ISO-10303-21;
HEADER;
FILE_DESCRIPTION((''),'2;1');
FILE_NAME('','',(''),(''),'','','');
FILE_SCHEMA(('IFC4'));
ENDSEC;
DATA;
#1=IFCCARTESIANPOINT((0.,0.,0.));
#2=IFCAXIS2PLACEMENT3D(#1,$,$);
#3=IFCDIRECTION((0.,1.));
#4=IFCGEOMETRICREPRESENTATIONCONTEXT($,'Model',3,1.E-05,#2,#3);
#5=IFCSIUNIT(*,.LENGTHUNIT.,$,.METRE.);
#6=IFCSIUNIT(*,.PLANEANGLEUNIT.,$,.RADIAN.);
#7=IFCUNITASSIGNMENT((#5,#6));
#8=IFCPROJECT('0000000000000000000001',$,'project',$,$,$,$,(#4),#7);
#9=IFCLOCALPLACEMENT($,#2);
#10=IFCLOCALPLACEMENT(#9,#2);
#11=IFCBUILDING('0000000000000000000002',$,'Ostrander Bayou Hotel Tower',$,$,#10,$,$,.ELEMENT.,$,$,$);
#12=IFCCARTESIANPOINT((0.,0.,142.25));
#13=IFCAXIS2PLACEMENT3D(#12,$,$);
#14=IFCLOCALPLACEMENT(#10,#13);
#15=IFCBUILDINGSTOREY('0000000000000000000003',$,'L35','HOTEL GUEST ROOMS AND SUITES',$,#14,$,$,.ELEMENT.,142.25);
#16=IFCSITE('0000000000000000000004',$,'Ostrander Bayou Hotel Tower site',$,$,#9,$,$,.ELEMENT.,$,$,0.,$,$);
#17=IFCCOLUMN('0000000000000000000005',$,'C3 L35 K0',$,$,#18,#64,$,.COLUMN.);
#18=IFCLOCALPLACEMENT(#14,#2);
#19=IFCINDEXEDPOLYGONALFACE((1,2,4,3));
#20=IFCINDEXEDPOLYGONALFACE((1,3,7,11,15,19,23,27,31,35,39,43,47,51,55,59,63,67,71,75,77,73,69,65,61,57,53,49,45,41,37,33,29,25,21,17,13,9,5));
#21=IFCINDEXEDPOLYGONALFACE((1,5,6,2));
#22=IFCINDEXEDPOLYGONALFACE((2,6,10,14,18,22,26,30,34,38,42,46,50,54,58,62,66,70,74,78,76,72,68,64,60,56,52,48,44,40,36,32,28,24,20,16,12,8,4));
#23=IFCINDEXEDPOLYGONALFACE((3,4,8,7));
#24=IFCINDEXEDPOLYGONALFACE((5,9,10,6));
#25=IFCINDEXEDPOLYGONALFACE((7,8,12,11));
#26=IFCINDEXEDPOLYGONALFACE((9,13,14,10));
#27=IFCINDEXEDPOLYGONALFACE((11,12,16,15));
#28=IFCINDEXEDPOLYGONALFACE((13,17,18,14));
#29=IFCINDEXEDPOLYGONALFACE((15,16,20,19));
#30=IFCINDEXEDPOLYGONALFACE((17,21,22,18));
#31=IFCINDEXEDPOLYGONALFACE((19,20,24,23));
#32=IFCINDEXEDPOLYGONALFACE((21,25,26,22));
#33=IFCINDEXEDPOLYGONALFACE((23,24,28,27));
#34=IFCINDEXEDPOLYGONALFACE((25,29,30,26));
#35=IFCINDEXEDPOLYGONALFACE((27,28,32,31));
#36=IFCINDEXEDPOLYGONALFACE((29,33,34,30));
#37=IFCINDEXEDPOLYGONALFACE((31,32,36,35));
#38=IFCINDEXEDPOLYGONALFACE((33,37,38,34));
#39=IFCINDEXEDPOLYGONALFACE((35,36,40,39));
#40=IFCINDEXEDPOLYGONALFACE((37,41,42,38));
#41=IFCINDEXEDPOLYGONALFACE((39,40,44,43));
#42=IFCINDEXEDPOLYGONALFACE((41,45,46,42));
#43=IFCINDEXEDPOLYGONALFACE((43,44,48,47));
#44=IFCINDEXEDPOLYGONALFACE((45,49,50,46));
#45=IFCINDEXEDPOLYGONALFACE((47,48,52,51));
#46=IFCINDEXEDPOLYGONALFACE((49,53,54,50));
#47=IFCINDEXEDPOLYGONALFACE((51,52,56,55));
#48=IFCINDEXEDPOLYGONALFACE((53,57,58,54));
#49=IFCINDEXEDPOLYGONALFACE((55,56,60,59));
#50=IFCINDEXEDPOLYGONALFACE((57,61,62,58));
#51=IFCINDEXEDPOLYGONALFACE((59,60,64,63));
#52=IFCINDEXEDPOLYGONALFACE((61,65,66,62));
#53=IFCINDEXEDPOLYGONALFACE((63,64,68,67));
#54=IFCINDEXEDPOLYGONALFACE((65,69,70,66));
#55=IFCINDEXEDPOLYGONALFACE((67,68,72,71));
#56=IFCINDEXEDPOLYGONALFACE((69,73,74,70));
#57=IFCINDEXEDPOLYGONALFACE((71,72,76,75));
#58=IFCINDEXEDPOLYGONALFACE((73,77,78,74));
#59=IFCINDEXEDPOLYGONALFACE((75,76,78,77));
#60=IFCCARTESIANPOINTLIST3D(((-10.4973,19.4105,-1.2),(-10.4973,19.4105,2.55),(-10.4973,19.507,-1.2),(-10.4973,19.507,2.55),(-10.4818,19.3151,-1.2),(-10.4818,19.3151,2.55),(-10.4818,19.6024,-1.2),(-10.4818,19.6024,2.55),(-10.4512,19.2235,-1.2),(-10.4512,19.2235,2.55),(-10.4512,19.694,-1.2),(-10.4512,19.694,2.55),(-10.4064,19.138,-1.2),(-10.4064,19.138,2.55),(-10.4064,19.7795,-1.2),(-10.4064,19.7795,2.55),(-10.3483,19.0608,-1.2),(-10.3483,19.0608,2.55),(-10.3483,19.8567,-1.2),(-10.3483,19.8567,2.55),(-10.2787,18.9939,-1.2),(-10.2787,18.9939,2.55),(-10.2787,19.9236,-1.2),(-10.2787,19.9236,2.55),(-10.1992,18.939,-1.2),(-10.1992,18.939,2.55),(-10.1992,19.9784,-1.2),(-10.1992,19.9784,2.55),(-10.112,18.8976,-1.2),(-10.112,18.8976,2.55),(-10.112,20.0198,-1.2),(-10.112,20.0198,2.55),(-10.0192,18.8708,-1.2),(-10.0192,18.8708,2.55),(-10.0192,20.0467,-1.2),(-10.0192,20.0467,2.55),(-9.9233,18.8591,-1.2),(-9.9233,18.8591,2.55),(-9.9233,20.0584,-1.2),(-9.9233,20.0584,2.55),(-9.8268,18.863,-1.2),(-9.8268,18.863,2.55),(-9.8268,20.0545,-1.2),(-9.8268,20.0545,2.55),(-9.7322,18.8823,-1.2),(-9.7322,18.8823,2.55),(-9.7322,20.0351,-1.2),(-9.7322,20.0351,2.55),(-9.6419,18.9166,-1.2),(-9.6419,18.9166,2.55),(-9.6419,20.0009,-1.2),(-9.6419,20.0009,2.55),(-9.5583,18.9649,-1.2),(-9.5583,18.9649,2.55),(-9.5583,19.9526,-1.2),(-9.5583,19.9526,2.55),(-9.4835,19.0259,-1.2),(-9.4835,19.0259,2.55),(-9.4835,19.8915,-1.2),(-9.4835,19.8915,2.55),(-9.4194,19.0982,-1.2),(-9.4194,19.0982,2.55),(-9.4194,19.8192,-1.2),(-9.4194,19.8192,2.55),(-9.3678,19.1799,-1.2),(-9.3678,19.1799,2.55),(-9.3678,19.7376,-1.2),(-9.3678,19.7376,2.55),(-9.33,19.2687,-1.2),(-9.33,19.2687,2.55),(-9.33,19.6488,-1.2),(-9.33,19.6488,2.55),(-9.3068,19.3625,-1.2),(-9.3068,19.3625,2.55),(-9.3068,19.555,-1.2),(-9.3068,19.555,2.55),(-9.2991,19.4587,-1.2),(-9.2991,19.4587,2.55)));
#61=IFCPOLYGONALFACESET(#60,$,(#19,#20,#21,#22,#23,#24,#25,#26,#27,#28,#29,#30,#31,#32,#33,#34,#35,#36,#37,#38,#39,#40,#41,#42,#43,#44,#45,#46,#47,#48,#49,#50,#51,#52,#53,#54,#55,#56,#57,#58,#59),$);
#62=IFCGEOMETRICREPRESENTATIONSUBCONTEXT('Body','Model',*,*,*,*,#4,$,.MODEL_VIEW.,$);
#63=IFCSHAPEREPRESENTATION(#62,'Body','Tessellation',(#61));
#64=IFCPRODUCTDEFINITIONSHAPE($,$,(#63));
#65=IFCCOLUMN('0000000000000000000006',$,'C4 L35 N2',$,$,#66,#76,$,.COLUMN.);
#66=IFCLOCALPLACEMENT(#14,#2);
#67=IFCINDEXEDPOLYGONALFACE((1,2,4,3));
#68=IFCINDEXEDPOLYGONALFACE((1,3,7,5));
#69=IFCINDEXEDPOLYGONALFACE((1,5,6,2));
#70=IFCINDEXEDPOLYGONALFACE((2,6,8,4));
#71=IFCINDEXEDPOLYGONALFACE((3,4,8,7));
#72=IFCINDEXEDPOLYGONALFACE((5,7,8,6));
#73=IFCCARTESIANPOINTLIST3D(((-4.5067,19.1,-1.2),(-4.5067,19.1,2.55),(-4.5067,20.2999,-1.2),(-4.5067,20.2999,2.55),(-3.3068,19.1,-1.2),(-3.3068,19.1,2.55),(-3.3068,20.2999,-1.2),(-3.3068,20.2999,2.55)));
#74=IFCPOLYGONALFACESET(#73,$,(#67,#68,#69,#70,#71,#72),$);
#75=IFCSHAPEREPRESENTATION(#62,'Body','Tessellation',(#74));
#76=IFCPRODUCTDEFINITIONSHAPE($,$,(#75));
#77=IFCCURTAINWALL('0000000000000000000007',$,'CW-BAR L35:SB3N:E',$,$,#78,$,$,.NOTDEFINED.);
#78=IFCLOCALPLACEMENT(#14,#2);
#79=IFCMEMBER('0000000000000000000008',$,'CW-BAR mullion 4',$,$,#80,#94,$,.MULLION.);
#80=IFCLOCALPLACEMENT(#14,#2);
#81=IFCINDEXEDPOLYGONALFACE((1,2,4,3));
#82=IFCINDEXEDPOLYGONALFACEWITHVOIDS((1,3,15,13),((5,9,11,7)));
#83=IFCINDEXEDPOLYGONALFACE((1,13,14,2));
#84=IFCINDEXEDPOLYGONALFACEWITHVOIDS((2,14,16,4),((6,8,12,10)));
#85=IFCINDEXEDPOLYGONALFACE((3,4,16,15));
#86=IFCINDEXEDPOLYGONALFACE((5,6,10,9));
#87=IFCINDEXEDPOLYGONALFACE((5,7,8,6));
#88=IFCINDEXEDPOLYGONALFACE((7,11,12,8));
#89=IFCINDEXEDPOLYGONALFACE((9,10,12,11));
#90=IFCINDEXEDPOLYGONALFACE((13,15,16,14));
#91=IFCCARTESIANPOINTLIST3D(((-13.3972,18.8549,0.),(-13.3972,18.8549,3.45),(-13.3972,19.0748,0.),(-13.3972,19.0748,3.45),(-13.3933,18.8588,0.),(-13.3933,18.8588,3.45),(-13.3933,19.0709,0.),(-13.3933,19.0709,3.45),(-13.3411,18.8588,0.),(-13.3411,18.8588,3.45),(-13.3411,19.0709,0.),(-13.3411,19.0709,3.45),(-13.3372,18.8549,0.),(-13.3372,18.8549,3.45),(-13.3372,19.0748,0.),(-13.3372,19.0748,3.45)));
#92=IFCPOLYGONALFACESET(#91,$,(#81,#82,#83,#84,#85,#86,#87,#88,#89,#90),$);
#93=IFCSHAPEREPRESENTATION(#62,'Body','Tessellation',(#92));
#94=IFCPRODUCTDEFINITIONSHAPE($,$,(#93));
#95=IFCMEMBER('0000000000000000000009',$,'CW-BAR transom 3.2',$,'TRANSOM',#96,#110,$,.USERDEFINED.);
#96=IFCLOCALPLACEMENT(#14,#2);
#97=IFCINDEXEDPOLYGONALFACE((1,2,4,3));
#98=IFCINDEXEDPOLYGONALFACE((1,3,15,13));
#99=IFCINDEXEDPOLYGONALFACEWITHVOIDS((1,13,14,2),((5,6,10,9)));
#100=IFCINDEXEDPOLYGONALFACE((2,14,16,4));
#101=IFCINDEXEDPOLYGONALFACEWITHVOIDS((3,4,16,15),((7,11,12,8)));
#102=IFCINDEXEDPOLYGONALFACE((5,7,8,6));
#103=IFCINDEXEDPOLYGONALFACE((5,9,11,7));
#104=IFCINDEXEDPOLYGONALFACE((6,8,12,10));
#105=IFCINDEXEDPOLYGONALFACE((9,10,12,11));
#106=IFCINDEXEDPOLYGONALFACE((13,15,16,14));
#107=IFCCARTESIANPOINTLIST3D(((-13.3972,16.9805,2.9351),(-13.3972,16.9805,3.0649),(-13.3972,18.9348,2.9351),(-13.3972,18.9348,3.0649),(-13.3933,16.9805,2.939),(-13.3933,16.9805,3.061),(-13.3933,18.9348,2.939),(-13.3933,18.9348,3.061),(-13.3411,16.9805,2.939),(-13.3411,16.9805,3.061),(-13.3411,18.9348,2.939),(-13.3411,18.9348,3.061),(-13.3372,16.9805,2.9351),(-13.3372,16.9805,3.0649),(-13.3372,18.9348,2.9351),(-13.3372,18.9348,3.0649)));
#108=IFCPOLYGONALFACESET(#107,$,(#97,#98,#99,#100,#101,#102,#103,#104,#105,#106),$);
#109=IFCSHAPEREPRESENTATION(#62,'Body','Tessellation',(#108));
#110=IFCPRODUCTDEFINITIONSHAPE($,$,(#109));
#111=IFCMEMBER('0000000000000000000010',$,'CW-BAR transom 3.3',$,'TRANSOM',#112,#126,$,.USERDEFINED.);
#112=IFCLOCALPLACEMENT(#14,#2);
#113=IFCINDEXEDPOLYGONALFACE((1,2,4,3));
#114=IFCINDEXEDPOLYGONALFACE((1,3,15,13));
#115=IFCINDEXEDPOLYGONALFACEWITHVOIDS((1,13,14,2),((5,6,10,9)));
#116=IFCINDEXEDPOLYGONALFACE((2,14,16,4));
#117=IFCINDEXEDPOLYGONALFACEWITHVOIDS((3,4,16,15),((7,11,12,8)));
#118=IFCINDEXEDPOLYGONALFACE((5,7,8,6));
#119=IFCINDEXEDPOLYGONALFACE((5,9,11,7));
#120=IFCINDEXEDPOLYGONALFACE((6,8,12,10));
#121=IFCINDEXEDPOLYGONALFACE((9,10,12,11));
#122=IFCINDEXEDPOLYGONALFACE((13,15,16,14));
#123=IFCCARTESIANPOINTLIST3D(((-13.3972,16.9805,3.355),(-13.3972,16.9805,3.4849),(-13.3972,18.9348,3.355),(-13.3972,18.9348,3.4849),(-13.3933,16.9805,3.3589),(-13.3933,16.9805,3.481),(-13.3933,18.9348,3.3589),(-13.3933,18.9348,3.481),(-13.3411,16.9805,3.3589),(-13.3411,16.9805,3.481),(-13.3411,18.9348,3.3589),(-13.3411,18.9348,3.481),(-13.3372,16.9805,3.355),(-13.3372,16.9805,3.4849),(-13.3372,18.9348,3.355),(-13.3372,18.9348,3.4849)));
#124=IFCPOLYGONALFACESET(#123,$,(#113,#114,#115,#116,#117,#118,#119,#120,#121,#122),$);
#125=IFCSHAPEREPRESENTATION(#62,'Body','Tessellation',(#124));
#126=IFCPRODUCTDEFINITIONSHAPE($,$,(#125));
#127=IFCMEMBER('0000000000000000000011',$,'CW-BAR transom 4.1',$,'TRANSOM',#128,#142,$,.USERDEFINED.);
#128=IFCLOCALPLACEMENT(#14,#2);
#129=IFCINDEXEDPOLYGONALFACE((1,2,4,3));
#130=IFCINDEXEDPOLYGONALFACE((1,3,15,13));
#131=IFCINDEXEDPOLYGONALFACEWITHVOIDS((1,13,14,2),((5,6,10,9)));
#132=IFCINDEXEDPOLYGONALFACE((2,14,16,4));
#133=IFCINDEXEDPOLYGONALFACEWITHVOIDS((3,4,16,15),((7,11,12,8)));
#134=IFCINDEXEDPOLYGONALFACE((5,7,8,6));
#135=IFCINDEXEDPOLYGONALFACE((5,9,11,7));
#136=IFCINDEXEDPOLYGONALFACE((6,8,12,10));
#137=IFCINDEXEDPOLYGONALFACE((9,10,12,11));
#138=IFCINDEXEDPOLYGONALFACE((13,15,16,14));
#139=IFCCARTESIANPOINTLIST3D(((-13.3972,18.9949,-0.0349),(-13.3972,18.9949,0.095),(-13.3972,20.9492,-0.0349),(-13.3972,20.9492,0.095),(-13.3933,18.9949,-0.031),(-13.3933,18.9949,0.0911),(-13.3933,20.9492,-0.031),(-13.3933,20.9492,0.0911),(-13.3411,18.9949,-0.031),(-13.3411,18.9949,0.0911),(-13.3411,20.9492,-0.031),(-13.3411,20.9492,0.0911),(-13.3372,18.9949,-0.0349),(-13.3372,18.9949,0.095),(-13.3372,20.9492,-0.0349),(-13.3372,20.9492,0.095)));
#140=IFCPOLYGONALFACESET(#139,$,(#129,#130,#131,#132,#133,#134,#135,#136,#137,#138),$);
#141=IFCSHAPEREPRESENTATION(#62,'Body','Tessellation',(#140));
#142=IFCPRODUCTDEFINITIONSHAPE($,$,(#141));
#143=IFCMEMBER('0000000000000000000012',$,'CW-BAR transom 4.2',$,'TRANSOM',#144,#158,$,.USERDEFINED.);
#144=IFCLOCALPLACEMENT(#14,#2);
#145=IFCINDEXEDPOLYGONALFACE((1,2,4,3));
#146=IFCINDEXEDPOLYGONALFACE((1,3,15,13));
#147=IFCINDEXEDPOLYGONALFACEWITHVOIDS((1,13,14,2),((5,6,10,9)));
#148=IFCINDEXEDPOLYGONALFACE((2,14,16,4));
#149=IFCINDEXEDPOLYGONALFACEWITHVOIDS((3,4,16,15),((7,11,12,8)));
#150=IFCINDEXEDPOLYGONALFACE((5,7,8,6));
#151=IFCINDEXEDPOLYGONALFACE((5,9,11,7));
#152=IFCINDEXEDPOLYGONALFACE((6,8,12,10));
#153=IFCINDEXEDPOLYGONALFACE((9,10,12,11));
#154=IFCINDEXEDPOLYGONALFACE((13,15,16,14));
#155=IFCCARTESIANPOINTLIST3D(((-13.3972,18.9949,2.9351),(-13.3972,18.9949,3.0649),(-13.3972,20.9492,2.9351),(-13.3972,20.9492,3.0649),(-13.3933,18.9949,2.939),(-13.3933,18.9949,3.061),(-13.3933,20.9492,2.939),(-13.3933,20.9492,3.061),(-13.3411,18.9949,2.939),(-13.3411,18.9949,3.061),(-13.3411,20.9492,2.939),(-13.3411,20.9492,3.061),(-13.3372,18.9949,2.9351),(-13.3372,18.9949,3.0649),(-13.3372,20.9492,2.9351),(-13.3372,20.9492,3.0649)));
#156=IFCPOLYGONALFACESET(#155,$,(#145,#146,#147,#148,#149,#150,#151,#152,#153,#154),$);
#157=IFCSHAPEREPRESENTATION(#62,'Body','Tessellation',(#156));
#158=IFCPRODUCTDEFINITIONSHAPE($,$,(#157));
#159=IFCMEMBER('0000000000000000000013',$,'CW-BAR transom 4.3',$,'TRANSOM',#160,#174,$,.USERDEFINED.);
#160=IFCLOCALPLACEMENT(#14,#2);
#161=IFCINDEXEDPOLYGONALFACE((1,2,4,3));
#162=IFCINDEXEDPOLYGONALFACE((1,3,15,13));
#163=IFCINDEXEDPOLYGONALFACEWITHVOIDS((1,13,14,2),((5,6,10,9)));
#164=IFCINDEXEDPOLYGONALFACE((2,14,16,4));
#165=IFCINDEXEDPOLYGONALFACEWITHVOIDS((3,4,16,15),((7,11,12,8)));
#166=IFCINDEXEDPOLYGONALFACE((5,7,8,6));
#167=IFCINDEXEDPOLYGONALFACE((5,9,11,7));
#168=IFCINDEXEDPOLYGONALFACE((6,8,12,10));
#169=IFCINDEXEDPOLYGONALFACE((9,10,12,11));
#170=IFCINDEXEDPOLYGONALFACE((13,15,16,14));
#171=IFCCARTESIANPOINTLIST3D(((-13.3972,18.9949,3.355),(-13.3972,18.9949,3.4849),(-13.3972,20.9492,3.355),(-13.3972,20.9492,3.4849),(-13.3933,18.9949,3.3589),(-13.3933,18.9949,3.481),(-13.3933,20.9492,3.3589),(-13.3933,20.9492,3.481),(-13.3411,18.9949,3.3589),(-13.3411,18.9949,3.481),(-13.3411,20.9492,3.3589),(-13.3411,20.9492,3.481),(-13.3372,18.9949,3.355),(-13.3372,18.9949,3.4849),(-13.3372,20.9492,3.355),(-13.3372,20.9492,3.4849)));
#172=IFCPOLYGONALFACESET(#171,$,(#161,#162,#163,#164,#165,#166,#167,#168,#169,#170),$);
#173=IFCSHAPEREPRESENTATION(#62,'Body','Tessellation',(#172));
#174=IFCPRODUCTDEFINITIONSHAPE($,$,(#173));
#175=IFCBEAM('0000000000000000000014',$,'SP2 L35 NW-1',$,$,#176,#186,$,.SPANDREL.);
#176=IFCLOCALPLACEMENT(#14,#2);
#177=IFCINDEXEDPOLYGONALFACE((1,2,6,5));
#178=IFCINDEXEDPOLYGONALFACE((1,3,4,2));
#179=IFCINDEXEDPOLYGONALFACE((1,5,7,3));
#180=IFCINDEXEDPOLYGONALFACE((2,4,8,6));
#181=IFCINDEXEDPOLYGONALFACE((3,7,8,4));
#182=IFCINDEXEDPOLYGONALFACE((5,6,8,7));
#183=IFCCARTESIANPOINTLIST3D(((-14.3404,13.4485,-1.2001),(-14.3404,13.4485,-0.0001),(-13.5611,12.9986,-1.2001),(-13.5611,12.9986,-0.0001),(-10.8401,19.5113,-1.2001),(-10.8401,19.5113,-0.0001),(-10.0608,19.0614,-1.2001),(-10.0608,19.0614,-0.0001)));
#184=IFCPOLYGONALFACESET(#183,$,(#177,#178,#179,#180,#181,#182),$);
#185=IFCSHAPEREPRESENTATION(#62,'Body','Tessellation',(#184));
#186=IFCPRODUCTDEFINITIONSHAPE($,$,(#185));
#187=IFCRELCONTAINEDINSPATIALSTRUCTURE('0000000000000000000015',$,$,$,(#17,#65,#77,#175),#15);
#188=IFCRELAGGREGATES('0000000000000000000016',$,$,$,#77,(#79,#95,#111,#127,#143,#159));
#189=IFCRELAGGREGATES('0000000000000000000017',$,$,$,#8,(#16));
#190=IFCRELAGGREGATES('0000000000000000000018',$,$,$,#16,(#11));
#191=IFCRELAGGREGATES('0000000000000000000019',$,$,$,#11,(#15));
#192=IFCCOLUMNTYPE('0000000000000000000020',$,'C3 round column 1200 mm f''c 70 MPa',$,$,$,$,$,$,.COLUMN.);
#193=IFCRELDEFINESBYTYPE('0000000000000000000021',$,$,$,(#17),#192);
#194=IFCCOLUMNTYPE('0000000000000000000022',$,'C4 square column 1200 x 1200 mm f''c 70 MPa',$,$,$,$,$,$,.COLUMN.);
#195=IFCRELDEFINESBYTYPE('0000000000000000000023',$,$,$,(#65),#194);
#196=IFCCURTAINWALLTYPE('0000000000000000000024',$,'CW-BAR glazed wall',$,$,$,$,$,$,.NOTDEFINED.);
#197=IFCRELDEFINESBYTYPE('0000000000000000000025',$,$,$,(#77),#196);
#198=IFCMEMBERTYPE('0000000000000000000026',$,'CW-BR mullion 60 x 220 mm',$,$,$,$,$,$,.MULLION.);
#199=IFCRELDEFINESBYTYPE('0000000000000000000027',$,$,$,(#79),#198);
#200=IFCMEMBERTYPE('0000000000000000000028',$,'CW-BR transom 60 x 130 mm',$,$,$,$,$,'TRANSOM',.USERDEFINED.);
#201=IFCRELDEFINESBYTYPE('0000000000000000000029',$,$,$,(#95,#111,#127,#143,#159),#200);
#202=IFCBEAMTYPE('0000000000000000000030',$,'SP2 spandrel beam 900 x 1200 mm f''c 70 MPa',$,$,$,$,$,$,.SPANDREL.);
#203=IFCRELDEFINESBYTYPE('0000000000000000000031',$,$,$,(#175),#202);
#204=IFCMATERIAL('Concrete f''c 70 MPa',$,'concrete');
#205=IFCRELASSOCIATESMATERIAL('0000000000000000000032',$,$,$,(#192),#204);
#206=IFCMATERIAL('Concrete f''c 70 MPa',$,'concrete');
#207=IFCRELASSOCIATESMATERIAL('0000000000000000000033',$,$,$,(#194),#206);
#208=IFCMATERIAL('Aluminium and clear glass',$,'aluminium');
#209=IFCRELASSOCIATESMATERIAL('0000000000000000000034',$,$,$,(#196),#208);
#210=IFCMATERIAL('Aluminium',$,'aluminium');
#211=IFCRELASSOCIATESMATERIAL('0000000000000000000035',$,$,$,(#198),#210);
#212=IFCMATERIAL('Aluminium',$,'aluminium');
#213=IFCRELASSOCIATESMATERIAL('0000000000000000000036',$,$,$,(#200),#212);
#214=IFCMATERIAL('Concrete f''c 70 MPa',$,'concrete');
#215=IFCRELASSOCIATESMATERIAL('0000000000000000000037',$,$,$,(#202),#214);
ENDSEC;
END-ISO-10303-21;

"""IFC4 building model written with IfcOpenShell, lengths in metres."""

from ifc_helpers import new_model, si_unit, direction, frame, origin, origin_2d, place, context, subcontext, project, spatial, rectangle, hollow_rectangle, circle, extrude, material, material_profile, profile_set, type_object, element, aggregate, save


model = new_model("IFC4")

# Units and contexts
model_context = context("Model", 3, precision=1e-05, world=origin(), true_north=direction((0.0, 1.0)))
body_context = subcontext(model_context, "Body", "Model", "MODEL_VIEW")
ifc_project = project(units=[si_unit("LENGTHUNIT", "METRE"), si_unit("PLANEANGLEUNIT", "RADIAN")], contexts=[model_context])

# Site, building, storey
site_placement = place(None, origin())
site = spatial("IfcSite", under=ifc_project, at=site_placement, Name="Ostrander Bayou Hotel Tower site", CompositionType="ELEMENT", RefElevation=0.0)
building_placement = place(site_placement, origin())
building = spatial("IfcBuilding", under=site, at=building_placement, Name="Ostrander Bayou Hotel Tower", CompositionType="ELEMENT")
storey_placement = place(building_placement, frame((0.0, 0.0, 142.25)))
storey = spatial("IfcBuildingStorey", under=building, at=storey_placement, Name="L35", Description="HOTEL GUEST ROOMS AND SUITES", CompositionType="ELEMENT", Elevation=142.25)

# Columns
ifc_material_1 = material(Name="Concrete f'c 70 MPa", Category="concrete")
ifc_material_profile_1 = material_profile(ifc_material_1, circle(Radius=0.6001, at=origin_2d()))
ifc_profile_set_1 = profile_set([ifc_material_profile_1], Name="Concrete f'c 70 MPa")
column_type_1 = type_object("IfcColumnType", Name="C3 round column 1200 mm f'c 70 MPa", PredefinedType="COLUMN", material=ifc_profile_set_1)
column_1_placement = place(storey_placement, frame((-9.8992, 19.4587, -1.2), z_axis=(0.0, 0.0, 1.0), x_axis=(1.0, 0.0, 0.0)))
element("IfcColumn", 1, at=column_1_placement, inside=storey, type_object=column_type_1, Name="C3 L35 K0", PredefinedType="COLUMN", context=body_context, shape_type="SweptSolid", body=[
    extrude(circle(Radius=0.6001, at=origin_2d()), origin(), (0.0, 0.0, 1.0), 3.75),
])
ifc_material_2 = material(Name="Concrete f'c 70 MPa", Category="concrete")
ifc_material_profile_2 = material_profile(ifc_material_2, rectangle(XDim=1.2, YDim=1.2, at=origin_2d()))
ifc_profile_set_2 = profile_set([ifc_material_profile_2], Name="Concrete f'c 70 MPa")
column_type_2 = type_object("IfcColumnType", Name="C4 square column 1200 x 1200 mm f'c 70 MPa", PredefinedType="COLUMN", material=ifc_profile_set_2)
column_2_placement = place(storey_placement, frame((-3.9067, 19.7, -1.2), z_axis=(0.0, 0.0, 1.0), x_axis=(1.0, 0.0, 0.0)))
element("IfcColumn", 2, at=column_2_placement, inside=storey, type_object=column_type_2, Name="C4 L35 N2", PredefinedType="COLUMN", context=body_context, shape_type="SweptSolid", body=[
    extrude(rectangle(XDim=1.2, YDim=1.2, at=origin_2d()), origin(), (0.0, 0.0, 1.0), 3.75),
])

# Curtain wall, members
ifc_material_3 = material(Name="Aluminium and clear glass", Category="aluminium")
curtain_wall_type = type_object("IfcCurtainWallType", Name="CW-BAR glazed wall", PredefinedType="NOTDEFINED", material=ifc_material_3)
curtain_wall_placement = place(storey_placement, origin())
curtain_wall = element("IfcCurtainWall", 3, at=curtain_wall_placement, inside=storey, type_object=curtain_wall_type, Name="CW-BAR L35:SB3N:E", PredefinedType="NOTDEFINED")
ifc_material_4 = material(Name="Aluminium", Category="aluminium")
ifc_material_profile_3 = material_profile(ifc_material_4, hollow_rectangle(XDim=0.0601, YDim=0.22, WallThickness=0.0039, at=origin_2d()))
ifc_profile_set_3 = profile_set([ifc_material_profile_3], Name="Aluminium")
member_type_1 = type_object("IfcMemberType", Name="CW-BR mullion 60 x 220 mm", PredefinedType="MULLION", material=ifc_profile_set_3)
member_1_placement = place(storey_placement, frame((-13.3672, 18.9648, 0.0), z_axis=(0.0, 0.0, 1.0), x_axis=(-1.0, 0.0, 0.0)))
member_1 = element("IfcMember", 4, at=member_1_placement, type_object=member_type_1, Name="CW-BAR mullion 4", PredefinedType="MULLION", context=body_context, shape_type="SweptSolid", body=[
    extrude(hollow_rectangle(XDim=0.0601, YDim=0.22, WallThickness=0.0039, at=origin_2d()), origin(), (0.0, 0.0, 1.0), 3.45),
])
ifc_material_5 = material(Name="Aluminium", Category="aluminium")
ifc_material_profile_4 = material_profile(ifc_material_5, hollow_rectangle(XDim=0.0601, YDim=0.1299, WallThickness=0.0039, at=origin_2d()))
ifc_profile_set_4 = profile_set([ifc_material_profile_4], Name="Aluminium")
member_type_2 = type_object("IfcMemberType", Name="CW-BR transom 60 x 130 mm", ElementType="TRANSOM", PredefinedType="USERDEFINED", material=ifc_profile_set_4)
member_2_placement = place(storey_placement, frame((-13.3672, 16.9805, 3.0), z_axis=(0.0, 1.0, 0.0), x_axis=(-1.0, 0.0, 0.0)))
member_2 = element("IfcMember", 5, at=member_2_placement, type_object=member_type_2, Name="CW-BAR transom 3.2", ObjectType="TRANSOM", PredefinedType="USERDEFINED", context=body_context, shape_type="SweptSolid", body=[
    extrude(hollow_rectangle(XDim=0.0601, YDim=0.1299, WallThickness=0.0039, at=origin_2d()), origin(), (0.0, 0.0, 1.0), 1.9543),
])
member_3_placement = place(storey_placement, frame((-13.3672, 16.9805, 3.4199), z_axis=(0.0, 1.0, 0.0), x_axis=(-1.0, 0.0, 0.0)))
member_3 = element("IfcMember", 6, at=member_3_placement, type_object=member_type_2, Name="CW-BAR transom 3.3", ObjectType="TRANSOM", PredefinedType="USERDEFINED", context=body_context, shape_type="SweptSolid", body=[
    extrude(hollow_rectangle(XDim=0.0601, YDim=0.1299, WallThickness=0.0039, at=origin_2d()), origin(), (0.0, 0.0, 1.0), 1.9543),
])
member_4_placement = place(storey_placement, frame((-13.3672, 18.9949, 0.03), z_axis=(0.0, 1.0, 0.0), x_axis=(-1.0, 0.0, 0.0)))
member_4 = element("IfcMember", 7, at=member_4_placement, type_object=member_type_2, Name="CW-BAR transom 4.1", ObjectType="TRANSOM", PredefinedType="USERDEFINED", context=body_context, shape_type="SweptSolid", body=[
    extrude(hollow_rectangle(XDim=0.0601, YDim=0.1299, WallThickness=0.0039, at=origin_2d()), origin(), (0.0, 0.0, 1.0), 1.9543),
])
member_5_placement = place(storey_placement, frame((-13.3672, 18.9949, 3.0), z_axis=(0.0, 1.0, 0.0), x_axis=(-1.0, 0.0, 0.0)))
member_5 = element("IfcMember", 8, at=member_5_placement, type_object=member_type_2, Name="CW-BAR transom 4.2", ObjectType="TRANSOM", PredefinedType="USERDEFINED", context=body_context, shape_type="SweptSolid", body=[
    extrude(hollow_rectangle(XDim=0.0601, YDim=0.1299, WallThickness=0.0039, at=origin_2d()), origin(), (0.0, 0.0, 1.0), 1.9543),
])
member_6_placement = place(storey_placement, frame((-13.3672, 18.9949, 3.4199), z_axis=(0.0, 1.0, 0.0), x_axis=(-1.0, 0.0, 0.0)))
member_6 = element("IfcMember", 9, at=member_6_placement, type_object=member_type_2, Name="CW-BAR transom 4.3", ObjectType="TRANSOM", PredefinedType="USERDEFINED", context=body_context, shape_type="SweptSolid", body=[
    extrude(hollow_rectangle(XDim=0.0601, YDim=0.1299, WallThickness=0.0039, at=origin_2d()), origin(), (0.0, 0.0, 1.0), 1.9543),
])

# Beam
ifc_material_6 = material(Name="Concrete f'c 70 MPa", Category="concrete")
ifc_material_profile_5 = material_profile(ifc_material_6, rectangle(XDim=0.8999, YDim=1.2, at=origin_2d()))
ifc_profile_set_5 = profile_set([ifc_material_profile_5], Name="Concrete f'c 70 MPa")
beam_type = type_object("IfcBeamType", Name="SP2 spandrel beam 900 x 1200 mm f'c 70 MPa", PredefinedType="SPANDREL", material=ifc_profile_set_5)
beam_placement = place(storey_placement, frame((-10.4504, 19.2864, -0.6001), z_axis=(-0.499991, -0.866031, 0.0), x_axis=(0.866031, -0.499991, 0.0)))
element("IfcBeam", 10, at=beam_placement, inside=storey, type_object=beam_type, Name="SP2 L35 NW-1", PredefinedType="SPANDREL", context=body_context, shape_type="SweptSolid", body=[
    extrude(rectangle(XDim=0.8999, YDim=1.2, at=origin_2d()), origin(), (0.0, 0.0, 1.0), 7.0007),
])

aggregate(curtain_wall, [member_1, member_2, member_3, member_4, member_5, member_6])

save(model, "model.ifc")
